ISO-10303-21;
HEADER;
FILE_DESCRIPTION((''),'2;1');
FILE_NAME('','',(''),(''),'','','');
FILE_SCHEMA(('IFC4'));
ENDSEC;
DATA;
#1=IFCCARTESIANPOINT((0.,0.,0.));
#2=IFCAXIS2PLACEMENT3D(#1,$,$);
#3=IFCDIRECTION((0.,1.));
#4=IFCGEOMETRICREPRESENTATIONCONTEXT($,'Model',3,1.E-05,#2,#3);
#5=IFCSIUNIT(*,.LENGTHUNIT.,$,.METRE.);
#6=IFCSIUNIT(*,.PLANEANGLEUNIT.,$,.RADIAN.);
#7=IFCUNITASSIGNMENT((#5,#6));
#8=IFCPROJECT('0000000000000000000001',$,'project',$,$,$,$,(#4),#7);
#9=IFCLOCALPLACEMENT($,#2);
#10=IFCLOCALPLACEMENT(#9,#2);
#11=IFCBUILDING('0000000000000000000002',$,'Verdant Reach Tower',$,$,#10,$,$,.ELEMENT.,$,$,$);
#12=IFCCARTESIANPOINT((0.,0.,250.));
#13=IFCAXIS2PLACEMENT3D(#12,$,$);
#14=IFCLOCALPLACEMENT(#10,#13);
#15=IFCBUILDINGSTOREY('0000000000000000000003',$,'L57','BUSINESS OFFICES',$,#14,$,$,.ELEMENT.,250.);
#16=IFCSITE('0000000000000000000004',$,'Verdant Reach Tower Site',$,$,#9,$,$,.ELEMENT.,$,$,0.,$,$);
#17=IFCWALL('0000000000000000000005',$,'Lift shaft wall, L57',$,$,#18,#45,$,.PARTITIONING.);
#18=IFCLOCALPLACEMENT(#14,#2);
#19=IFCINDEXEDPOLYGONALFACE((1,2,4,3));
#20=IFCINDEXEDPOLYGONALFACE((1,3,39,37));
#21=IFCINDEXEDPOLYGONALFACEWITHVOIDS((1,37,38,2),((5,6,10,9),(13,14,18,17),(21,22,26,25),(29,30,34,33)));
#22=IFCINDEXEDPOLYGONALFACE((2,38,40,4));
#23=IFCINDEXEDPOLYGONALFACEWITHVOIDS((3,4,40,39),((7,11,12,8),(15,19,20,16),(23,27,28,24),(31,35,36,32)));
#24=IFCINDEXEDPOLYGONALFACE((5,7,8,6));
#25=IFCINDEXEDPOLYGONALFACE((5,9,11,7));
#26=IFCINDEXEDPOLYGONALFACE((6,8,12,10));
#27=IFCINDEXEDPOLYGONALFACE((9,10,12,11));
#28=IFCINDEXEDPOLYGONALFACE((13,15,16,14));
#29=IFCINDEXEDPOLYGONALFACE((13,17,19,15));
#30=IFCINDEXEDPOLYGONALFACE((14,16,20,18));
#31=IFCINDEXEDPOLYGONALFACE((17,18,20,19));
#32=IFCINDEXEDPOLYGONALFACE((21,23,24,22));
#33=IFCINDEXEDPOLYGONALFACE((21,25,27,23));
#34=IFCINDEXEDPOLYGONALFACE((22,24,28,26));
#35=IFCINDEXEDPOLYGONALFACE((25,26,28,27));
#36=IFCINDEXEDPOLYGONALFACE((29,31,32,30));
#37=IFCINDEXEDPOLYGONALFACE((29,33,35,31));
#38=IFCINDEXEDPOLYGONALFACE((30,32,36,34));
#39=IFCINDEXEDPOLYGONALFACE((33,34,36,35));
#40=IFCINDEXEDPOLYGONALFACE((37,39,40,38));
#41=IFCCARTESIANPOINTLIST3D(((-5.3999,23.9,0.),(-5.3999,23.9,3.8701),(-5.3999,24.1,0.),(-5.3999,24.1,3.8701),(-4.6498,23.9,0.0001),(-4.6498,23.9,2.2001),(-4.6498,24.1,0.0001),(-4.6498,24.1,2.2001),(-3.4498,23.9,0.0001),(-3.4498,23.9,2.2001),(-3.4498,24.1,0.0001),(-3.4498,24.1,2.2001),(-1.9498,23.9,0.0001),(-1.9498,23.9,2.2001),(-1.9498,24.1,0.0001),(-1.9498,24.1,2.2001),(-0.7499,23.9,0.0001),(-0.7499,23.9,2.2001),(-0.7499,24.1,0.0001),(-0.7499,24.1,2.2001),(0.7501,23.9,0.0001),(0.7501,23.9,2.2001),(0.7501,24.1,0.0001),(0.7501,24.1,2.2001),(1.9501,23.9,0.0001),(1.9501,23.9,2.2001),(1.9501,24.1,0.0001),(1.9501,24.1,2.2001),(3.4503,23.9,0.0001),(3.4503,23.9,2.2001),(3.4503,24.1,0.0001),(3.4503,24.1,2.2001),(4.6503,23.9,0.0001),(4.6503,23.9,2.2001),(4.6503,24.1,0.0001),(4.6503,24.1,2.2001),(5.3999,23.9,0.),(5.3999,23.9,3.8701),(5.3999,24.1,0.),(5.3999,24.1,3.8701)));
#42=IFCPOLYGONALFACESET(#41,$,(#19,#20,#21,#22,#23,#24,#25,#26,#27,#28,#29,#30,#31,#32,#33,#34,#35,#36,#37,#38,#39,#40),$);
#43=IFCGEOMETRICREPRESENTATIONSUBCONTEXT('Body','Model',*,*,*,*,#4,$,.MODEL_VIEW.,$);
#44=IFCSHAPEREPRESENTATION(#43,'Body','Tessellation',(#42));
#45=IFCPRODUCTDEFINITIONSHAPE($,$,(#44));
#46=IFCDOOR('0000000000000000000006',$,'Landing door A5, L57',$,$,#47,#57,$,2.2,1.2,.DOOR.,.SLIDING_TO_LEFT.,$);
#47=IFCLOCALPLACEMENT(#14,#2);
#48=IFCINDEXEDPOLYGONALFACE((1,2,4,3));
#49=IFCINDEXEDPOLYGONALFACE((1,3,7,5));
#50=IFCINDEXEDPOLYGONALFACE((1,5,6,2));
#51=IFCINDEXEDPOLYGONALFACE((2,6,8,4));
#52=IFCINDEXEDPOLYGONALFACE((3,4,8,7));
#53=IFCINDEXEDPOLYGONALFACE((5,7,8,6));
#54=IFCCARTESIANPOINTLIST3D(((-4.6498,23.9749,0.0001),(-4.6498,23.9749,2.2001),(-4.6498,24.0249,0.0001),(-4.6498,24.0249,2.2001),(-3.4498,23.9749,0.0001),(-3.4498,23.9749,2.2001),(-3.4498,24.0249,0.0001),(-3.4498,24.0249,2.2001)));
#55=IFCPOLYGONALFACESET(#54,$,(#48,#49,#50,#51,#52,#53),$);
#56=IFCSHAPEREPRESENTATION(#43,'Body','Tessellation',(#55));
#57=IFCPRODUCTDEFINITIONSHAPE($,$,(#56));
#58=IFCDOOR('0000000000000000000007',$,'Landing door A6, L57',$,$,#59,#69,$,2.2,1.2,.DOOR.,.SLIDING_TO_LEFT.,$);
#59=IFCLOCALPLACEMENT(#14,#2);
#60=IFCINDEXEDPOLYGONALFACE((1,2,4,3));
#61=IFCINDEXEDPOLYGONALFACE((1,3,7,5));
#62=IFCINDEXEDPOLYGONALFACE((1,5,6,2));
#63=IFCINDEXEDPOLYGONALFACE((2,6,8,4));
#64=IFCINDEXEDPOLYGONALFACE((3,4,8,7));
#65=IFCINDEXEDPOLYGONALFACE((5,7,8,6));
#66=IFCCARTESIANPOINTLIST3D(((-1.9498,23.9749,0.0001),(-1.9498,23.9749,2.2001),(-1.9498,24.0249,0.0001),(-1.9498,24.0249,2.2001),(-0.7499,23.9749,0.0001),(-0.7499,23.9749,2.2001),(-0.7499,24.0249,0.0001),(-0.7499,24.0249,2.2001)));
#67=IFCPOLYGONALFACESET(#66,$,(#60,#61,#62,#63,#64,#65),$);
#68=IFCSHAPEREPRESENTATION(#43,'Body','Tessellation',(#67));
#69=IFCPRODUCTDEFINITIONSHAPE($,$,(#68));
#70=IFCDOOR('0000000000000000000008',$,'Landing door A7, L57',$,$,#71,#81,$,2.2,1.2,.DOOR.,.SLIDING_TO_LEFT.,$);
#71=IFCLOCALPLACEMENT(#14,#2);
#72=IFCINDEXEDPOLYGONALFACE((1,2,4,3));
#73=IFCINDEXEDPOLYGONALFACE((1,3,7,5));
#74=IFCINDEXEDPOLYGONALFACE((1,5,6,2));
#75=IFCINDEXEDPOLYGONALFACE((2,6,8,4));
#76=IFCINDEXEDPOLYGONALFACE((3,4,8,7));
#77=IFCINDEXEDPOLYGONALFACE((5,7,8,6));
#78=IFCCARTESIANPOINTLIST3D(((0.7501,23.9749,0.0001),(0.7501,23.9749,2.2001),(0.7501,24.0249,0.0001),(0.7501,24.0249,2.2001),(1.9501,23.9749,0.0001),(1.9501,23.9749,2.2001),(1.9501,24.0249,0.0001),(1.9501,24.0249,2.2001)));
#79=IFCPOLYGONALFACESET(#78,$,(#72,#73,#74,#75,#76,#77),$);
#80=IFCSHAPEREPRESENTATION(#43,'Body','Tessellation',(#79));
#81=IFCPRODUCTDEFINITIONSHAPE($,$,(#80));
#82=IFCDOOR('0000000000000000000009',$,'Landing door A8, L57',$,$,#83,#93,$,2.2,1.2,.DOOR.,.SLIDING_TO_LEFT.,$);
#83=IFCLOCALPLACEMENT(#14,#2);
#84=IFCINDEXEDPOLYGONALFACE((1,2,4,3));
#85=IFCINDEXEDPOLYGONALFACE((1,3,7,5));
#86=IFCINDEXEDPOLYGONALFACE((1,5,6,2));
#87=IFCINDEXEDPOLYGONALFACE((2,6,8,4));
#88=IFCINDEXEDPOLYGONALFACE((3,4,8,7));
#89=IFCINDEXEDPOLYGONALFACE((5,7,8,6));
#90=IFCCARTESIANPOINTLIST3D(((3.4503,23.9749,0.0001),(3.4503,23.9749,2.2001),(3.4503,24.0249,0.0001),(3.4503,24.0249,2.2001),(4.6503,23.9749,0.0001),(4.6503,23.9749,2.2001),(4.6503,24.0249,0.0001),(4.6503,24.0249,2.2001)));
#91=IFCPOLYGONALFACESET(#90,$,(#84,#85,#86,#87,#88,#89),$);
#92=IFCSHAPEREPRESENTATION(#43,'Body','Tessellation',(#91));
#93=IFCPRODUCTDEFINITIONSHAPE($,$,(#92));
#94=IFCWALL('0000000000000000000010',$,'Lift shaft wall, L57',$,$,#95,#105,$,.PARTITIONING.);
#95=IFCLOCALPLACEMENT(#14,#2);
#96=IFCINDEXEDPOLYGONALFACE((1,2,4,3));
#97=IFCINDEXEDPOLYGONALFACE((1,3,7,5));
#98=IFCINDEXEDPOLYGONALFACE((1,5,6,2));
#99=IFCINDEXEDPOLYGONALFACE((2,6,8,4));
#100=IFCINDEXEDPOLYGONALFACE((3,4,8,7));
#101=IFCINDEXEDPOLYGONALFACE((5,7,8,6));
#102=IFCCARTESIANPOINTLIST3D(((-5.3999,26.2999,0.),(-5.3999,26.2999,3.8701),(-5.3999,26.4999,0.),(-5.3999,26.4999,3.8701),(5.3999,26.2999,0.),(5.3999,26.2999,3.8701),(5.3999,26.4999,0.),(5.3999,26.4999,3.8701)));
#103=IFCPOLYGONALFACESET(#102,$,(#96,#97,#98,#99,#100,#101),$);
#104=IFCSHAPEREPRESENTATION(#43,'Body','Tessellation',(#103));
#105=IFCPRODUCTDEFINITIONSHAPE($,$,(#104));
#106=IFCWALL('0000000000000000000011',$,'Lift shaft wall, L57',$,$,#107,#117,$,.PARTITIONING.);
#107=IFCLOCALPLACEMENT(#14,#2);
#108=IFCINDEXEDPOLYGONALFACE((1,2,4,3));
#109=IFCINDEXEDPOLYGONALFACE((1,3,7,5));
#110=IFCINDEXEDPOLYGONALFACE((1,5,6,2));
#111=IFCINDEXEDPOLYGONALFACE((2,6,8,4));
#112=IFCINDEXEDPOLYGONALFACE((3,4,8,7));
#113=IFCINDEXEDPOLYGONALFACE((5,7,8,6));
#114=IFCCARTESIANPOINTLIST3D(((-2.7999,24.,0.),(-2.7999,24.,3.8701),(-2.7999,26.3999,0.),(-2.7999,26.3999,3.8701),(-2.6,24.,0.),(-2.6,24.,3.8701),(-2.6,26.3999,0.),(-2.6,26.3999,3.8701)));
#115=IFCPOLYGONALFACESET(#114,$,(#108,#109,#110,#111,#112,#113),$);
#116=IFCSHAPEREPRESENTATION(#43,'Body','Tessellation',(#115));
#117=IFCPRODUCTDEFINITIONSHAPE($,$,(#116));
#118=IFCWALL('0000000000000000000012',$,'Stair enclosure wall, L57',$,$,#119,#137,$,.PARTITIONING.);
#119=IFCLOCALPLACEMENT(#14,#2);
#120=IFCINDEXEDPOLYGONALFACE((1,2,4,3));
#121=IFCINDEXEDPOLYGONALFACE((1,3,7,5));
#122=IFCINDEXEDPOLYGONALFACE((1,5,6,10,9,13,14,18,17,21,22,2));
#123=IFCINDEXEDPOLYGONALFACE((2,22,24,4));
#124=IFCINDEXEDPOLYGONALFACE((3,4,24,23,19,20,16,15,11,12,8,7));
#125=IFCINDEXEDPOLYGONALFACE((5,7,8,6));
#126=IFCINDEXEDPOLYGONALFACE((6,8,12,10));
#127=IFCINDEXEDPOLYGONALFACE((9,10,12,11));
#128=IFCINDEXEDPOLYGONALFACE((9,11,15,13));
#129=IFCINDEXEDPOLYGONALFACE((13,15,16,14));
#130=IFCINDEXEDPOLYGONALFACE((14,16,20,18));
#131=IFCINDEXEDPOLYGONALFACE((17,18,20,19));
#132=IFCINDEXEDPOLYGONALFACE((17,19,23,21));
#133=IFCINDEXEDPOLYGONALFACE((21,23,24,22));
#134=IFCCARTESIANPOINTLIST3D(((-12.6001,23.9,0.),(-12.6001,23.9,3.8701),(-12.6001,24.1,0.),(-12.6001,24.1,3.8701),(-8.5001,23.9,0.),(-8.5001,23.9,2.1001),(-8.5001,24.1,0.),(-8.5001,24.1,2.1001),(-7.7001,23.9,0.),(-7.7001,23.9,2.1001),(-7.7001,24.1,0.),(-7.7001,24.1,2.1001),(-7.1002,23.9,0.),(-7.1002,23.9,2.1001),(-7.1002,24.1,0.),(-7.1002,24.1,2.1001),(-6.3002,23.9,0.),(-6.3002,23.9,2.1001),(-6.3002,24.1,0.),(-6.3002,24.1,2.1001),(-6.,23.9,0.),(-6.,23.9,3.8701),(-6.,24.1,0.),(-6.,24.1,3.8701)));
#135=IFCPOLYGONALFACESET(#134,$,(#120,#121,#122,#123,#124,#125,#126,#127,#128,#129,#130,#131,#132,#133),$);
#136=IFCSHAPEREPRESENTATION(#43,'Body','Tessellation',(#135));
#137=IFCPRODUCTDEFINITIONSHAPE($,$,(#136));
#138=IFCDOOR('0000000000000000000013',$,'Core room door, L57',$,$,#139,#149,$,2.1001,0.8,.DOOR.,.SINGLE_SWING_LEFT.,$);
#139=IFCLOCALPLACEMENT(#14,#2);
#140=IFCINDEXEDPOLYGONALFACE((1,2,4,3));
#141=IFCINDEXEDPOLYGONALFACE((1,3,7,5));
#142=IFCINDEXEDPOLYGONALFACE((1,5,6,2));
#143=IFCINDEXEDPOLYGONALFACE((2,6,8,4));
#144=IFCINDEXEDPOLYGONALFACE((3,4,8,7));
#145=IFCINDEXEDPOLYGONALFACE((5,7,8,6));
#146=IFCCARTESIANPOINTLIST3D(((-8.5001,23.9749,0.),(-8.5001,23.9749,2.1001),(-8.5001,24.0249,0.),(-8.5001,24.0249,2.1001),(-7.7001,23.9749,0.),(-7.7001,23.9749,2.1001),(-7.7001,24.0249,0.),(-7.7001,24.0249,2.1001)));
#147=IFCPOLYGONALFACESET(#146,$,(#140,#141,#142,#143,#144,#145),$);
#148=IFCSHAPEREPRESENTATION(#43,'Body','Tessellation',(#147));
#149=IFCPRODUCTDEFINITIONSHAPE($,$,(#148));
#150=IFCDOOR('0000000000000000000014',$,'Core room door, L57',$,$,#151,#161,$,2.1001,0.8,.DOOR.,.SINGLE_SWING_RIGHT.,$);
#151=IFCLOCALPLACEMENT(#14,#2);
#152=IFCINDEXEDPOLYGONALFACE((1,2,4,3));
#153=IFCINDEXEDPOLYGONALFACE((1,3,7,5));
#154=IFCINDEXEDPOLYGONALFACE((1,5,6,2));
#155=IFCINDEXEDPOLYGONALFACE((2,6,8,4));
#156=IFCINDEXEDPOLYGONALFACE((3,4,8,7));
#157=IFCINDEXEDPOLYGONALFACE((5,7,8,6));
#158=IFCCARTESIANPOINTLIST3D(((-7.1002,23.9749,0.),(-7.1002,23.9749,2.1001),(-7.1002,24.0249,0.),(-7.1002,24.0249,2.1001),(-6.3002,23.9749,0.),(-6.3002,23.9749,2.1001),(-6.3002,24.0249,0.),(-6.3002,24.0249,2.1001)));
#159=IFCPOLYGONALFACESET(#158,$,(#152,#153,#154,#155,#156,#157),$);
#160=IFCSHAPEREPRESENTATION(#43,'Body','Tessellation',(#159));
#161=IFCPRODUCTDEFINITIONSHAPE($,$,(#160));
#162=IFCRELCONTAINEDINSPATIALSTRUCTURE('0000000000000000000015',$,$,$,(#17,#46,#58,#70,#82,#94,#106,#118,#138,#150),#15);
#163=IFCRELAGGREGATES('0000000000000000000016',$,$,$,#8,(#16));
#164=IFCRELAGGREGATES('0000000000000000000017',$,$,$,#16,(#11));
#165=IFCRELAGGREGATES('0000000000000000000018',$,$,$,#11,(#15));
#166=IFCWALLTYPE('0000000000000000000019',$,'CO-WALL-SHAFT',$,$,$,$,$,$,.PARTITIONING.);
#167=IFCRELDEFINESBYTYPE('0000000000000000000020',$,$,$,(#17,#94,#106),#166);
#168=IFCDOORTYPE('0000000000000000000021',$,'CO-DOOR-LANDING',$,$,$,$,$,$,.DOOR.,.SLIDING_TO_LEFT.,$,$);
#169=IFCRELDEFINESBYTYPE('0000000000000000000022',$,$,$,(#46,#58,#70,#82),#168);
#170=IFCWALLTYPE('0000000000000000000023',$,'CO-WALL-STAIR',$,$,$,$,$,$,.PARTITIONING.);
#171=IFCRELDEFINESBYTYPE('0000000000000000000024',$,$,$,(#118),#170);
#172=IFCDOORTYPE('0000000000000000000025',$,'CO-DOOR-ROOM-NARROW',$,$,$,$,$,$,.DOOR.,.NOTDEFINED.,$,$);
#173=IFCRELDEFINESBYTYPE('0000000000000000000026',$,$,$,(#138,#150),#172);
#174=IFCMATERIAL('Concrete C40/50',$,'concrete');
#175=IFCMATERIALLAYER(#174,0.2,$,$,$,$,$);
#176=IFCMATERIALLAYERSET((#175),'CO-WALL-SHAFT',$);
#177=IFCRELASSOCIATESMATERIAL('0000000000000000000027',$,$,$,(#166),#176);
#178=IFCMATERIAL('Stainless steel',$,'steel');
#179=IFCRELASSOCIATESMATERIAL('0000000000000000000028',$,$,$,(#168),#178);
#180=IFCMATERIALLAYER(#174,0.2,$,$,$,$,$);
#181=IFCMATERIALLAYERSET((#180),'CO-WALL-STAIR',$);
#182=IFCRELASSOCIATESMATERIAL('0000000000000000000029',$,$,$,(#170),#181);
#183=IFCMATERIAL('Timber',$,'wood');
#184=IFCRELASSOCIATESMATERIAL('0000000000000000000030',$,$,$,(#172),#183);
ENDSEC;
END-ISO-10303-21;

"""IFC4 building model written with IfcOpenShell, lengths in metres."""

from ifc_helpers import new_model, si_unit, direction, frame, frame_2d, origin, place, context, subcontext, project, spatial, rectangle, extrude, material, layer, layer_set, type_object, element, fill, save


model = new_model("IFC4")

# Units and contexts
model_context = context("Model", 3, precision=1e-05, world=origin(), true_north=direction((0.0, 1.0)))
body_context = subcontext(model_context, "Body", "Model", "MODEL_VIEW")
ifc_project = project(units=[si_unit("LENGTHUNIT", "METRE"), si_unit("PLANEANGLEUNIT", "RADIAN")], contexts=[model_context])

# Site, building, storey
site_placement = place(None, origin())
site = spatial("IfcSite", under=ifc_project, at=site_placement, Name="Verdant Reach Tower Site", CompositionType="ELEMENT", RefElevation=0.0)
building_placement = place(site_placement, origin())
building = spatial("IfcBuilding", under=site, at=building_placement, Name="Verdant Reach Tower", CompositionType="ELEMENT")
storey_placement = place(building_placement, frame((0.0, 0.0, 250.0)))
storey = spatial("IfcBuildingStorey", under=building, at=storey_placement, Name="L57", Description="BUSINESS OFFICES", CompositionType="ELEMENT", Elevation=250.0)

# Wall, openings, doors
ifc_material_1 = material(Name="Concrete C40/50", Category="concrete")
ifc_layer_1 = layer(ifc_material_1, 0.2)
ifc_layer_set_1 = layer_set([ifc_layer_1], Name="CO-WALL-SHAFT")
wall_type_1 = type_object("IfcWallType", Name="CO-WALL-SHAFT", PredefinedType="PARTITIONING", material=ifc_layer_set_1)
ifc_material_2 = material(Name="Stainless steel", Category="steel")
door_type_1 = type_object("IfcDoorType", Name="CO-DOOR-LANDING", OperationType="SLIDING_TO_LEFT", PredefinedType="DOOR", material=ifc_material_2)
wall_1_placement = place(storey_placement, frame((-5.3999, 24.0, 0.0), z_axis=(0.0, 0.0, 1.0), x_axis=(1.0, 0.0, 0.0)))
wall_1 = element("IfcWall", 1, at=wall_1_placement, inside=storey, type_object=wall_type_1, Name="Lift shaft wall, L57", PredefinedType="PARTITIONING", context=body_context, shape_type="SweptSolid", body=[
    extrude(rectangle(XDim=10.7998, YDim=0.2, at=frame_2d((5.3999, 0.0))), origin(), (0.0, 0.0, 1.0), 3.8701),
])
opening_1_placement = place(wall_1_placement, frame((0.75, 0.0, 0.0)))
opening_1 = element("IfcOpeningElement", 2, at=opening_1_placement, cuts=wall_1, PredefinedType="OPENING", context=body_context, shape_type="SweptSolid", body=[
    extrude(rectangle(XDim=1.2, YDim=2.2, at=frame_2d((0.6001, 1.1001))), frame((0.0, 0.1099, 0.0), z_axis=(0.0, -1.0, 0.0), x_axis=(1.0, 0.0, 0.0)), (0.0, 0.0, 1.0), 0.22),
])
opening_2_placement = place(wall_1_placement, frame((3.45, 0.0, 0.0)))
opening_2 = element("IfcOpeningElement", 3, at=opening_2_placement, cuts=wall_1, PredefinedType="OPENING", context=body_context, shape_type="SweptSolid", body=[
    extrude(rectangle(XDim=1.2, YDim=2.2, at=frame_2d((0.6001, 1.1001))), frame((0.0, 0.1099, 0.0), z_axis=(0.0, -1.0, 0.0), x_axis=(1.0, 0.0, 0.0)), (0.0, 0.0, 1.0), 0.22),
])
opening_3_placement = place(wall_1_placement, frame((6.1499, 0.0, 0.0)))
opening_3 = element("IfcOpeningElement", 4, at=opening_3_placement, cuts=wall_1, PredefinedType="OPENING", context=body_context, shape_type="SweptSolid", body=[
    extrude(rectangle(XDim=1.2, YDim=2.2, at=frame_2d((0.6001, 1.1001))), frame((0.0, 0.1099, 0.0), z_axis=(0.0, -1.0, 0.0), x_axis=(1.0, 0.0, 0.0)), (0.0, 0.0, 1.0), 0.22),
])
opening_4_placement = place(wall_1_placement, frame((8.8501, 0.0, 0.0)))
opening_4 = element("IfcOpeningElement", 5, at=opening_4_placement, cuts=wall_1, PredefinedType="OPENING", context=body_context, shape_type="SweptSolid", body=[
    extrude(rectangle(XDim=1.2, YDim=2.2, at=frame_2d((0.6001, 1.1001))), frame((0.0, 0.1099, 0.0), z_axis=(0.0, -1.0, 0.0), x_axis=(1.0, 0.0, 0.0)), (0.0, 0.0, 1.0), 0.22),
])
door_1_placement = place(opening_1_placement, origin())
door_1 = element("IfcDoor", 6, at=door_1_placement, inside=storey, type_object=door_type_1, Name="Landing door A5, L57", OperationType="SLIDING_TO_LEFT", OverallHeight=2.2, OverallWidth=1.2, PredefinedType="DOOR", context=body_context, shape_type="SweptSolid", body=[
    extrude(rectangle(XDim=1.2, YDim=2.2, at=frame_2d((0.6001, 1.1001))), frame((0.0, 0.0249, 0.0), z_axis=(0.0, -1.0, 0.0), x_axis=(1.0, 0.0, 0.0)), (0.0, 0.0, 1.0), 0.05),
])
fill(opening_1, door_1)
door_2_placement = place(opening_2_placement, origin())
door_2 = element("IfcDoor", 7, at=door_2_placement, inside=storey, type_object=door_type_1, Name="Landing door A6, L57", OperationType="SLIDING_TO_LEFT", OverallHeight=2.2, OverallWidth=1.2, PredefinedType="DOOR", context=body_context, shape_type="SweptSolid", body=[
    extrude(rectangle(XDim=1.2, YDim=2.2, at=frame_2d((0.6001, 1.1001))), frame((0.0, 0.0249, 0.0), z_axis=(0.0, -1.0, 0.0), x_axis=(1.0, 0.0, 0.0)), (0.0, 0.0, 1.0), 0.05),
])
fill(opening_2, door_2)
door_3_placement = place(opening_3_placement, origin())
door_3 = element("IfcDoor", 8, at=door_3_placement, inside=storey, type_object=door_type_1, Name="Landing door A7, L57", OperationType="SLIDING_TO_LEFT", OverallHeight=2.2, OverallWidth=1.2, PredefinedType="DOOR", context=body_context, shape_type="SweptSolid", body=[
    extrude(rectangle(XDim=1.2, YDim=2.2, at=frame_2d((0.6001, 1.1001))), frame((0.0, 0.0249, 0.0), z_axis=(0.0, -1.0, 0.0), x_axis=(1.0, 0.0, 0.0)), (0.0, 0.0, 1.0), 0.05),
])
fill(opening_3, door_3)
door_4_placement = place(opening_4_placement, origin())
door_4 = element("IfcDoor", 9, at=door_4_placement, inside=storey, type_object=door_type_1, Name="Landing door A8, L57", OperationType="SLIDING_TO_LEFT", OverallHeight=2.2, OverallWidth=1.2, PredefinedType="DOOR", context=body_context, shape_type="SweptSolid", body=[
    extrude(rectangle(XDim=1.2, YDim=2.2, at=frame_2d((0.6001, 1.1001))), frame((0.0, 0.0249, 0.0), z_axis=(0.0, -1.0, 0.0), x_axis=(1.0, 0.0, 0.0)), (0.0, 0.0, 1.0), 0.05),
])
fill(opening_4, door_4)

# Walls
wall_2_placement = place(storey_placement, frame((-5.3999, 26.3999, 0.0), z_axis=(0.0, 0.0, 1.0), x_axis=(1.0, 0.0, 0.0)))
element("IfcWall", 10, at=wall_2_placement, inside=storey, type_object=wall_type_1, Name="Lift shaft wall, L57", PredefinedType="PARTITIONING", context=body_context, shape_type="SweptSolid", body=[
    extrude(rectangle(XDim=10.7998, YDim=0.2, at=frame_2d((5.3999, 0.0))), origin(), (0.0, 0.0, 1.0), 3.8701),
])
wall_3_placement = place(storey_placement, frame((-2.7, 24.0, 0.0), z_axis=(0.0, 0.0, 1.0), x_axis=(0.0, 1.0, 0.0)))
element("IfcWall", 11, at=wall_3_placement, inside=storey, type_object=wall_type_1, Name="Lift shaft wall, L57", PredefinedType="PARTITIONING", context=body_context, shape_type="SweptSolid", body=[
    extrude(rectangle(XDim=2.3999, YDim=0.2, at=frame_2d((1.2, 0.0))), origin(), (0.0, 0.0, 1.0), 3.8701),
])

# Wall, openings, doors
ifc_layer_2 = layer(ifc_material_1, 0.2)
ifc_layer_set_2 = layer_set([ifc_layer_2], Name="CO-WALL-STAIR")
wall_type_2 = type_object("IfcWallType", Name="CO-WALL-STAIR", PredefinedType="PARTITIONING", material=ifc_layer_set_2)
wall_4_placement = place(storey_placement, frame((-12.6001, 24.0, 0.0), z_axis=(0.0, 0.0, 1.0), x_axis=(1.0, 0.0, 0.0)))
wall_4 = element("IfcWall", 12, at=wall_4_placement, inside=storey, type_object=wall_type_2, Name="Stair enclosure wall, L57", PredefinedType="PARTITIONING", context=body_context, shape_type="SweptSolid", body=[
    extrude(rectangle(XDim=6.6001, YDim=0.2, at=frame_2d((3.3, 0.0))), origin(), (0.0, 0.0, 1.0), 3.8701),
])
opening_5_placement = place(wall_4_placement, frame((4.1001, 0.0, 0.0)))
opening_5 = element("IfcOpeningElement", 13, at=opening_5_placement, cuts=wall_4, PredefinedType="OPENING", context=body_context, shape_type="SweptSolid", body=[
    extrude(rectangle(XDim=0.8, YDim=2.1001, at=frame_2d((0.3999, 1.05))), frame((0.0, 0.1099, 0.0), z_axis=(0.0, -1.0, 0.0), x_axis=(1.0, 0.0, 0.0)), (0.0, 0.0, 1.0), 0.22),
])
opening_6_placement = place(wall_4_placement, frame((5.5, 0.0, 0.0)))
opening_6 = element("IfcOpeningElement", 14, at=opening_6_placement, cuts=wall_4, PredefinedType="OPENING", context=body_context, shape_type="SweptSolid", body=[
    extrude(rectangle(XDim=0.8, YDim=2.1001, at=frame_2d((0.3999, 1.05))), frame((0.0, 0.1099, 0.0), z_axis=(0.0, -1.0, 0.0), x_axis=(1.0, 0.0, 0.0)), (0.0, 0.0, 1.0), 0.22),
])
ifc_material_3 = material(Name="Timber", Category="wood")
door_type_2 = type_object("IfcDoorType", Name="CO-DOOR-ROOM-NARROW", OperationType="NOTDEFINED", PredefinedType="DOOR", material=ifc_material_3)
door_5_placement = place(opening_5_placement, origin())
door_5 = element("IfcDoor", 15, at=door_5_placement, inside=storey, type_object=door_type_2, Name="Core room door, L57", OperationType="SINGLE_SWING_LEFT", OverallHeight=2.1001, OverallWidth=0.8, PredefinedType="DOOR", context=body_context, shape_type="SweptSolid", body=[
    extrude(rectangle(XDim=0.8, YDim=2.1001, at=frame_2d((0.3999, 1.05))), frame((0.0, 0.0249, 0.0), z_axis=(0.0, -1.0, 0.0), x_axis=(1.0, 0.0, 0.0)), (0.0, 0.0, 1.0), 0.05),
])
fill(opening_5, door_5)
door_6_placement = place(opening_6_placement, origin())
door_6 = element("IfcDoor", 16, at=door_6_placement, inside=storey, type_object=door_type_2, Name="Core room door, L57", OperationType="SINGLE_SWING_RIGHT", OverallHeight=2.1001, OverallWidth=0.8, PredefinedType="DOOR", context=body_context, shape_type="SweptSolid", body=[
    extrude(rectangle(XDim=0.8, YDim=2.1001, at=frame_2d((0.3999, 1.05))), frame((0.0, 0.0249, 0.0), z_axis=(0.0, -1.0, 0.0), x_axis=(1.0, 0.0, 0.0)), (0.0, 0.0, 1.0), 0.05),
])
fill(opening_6, door_6)

save(model, "model.ifc")
